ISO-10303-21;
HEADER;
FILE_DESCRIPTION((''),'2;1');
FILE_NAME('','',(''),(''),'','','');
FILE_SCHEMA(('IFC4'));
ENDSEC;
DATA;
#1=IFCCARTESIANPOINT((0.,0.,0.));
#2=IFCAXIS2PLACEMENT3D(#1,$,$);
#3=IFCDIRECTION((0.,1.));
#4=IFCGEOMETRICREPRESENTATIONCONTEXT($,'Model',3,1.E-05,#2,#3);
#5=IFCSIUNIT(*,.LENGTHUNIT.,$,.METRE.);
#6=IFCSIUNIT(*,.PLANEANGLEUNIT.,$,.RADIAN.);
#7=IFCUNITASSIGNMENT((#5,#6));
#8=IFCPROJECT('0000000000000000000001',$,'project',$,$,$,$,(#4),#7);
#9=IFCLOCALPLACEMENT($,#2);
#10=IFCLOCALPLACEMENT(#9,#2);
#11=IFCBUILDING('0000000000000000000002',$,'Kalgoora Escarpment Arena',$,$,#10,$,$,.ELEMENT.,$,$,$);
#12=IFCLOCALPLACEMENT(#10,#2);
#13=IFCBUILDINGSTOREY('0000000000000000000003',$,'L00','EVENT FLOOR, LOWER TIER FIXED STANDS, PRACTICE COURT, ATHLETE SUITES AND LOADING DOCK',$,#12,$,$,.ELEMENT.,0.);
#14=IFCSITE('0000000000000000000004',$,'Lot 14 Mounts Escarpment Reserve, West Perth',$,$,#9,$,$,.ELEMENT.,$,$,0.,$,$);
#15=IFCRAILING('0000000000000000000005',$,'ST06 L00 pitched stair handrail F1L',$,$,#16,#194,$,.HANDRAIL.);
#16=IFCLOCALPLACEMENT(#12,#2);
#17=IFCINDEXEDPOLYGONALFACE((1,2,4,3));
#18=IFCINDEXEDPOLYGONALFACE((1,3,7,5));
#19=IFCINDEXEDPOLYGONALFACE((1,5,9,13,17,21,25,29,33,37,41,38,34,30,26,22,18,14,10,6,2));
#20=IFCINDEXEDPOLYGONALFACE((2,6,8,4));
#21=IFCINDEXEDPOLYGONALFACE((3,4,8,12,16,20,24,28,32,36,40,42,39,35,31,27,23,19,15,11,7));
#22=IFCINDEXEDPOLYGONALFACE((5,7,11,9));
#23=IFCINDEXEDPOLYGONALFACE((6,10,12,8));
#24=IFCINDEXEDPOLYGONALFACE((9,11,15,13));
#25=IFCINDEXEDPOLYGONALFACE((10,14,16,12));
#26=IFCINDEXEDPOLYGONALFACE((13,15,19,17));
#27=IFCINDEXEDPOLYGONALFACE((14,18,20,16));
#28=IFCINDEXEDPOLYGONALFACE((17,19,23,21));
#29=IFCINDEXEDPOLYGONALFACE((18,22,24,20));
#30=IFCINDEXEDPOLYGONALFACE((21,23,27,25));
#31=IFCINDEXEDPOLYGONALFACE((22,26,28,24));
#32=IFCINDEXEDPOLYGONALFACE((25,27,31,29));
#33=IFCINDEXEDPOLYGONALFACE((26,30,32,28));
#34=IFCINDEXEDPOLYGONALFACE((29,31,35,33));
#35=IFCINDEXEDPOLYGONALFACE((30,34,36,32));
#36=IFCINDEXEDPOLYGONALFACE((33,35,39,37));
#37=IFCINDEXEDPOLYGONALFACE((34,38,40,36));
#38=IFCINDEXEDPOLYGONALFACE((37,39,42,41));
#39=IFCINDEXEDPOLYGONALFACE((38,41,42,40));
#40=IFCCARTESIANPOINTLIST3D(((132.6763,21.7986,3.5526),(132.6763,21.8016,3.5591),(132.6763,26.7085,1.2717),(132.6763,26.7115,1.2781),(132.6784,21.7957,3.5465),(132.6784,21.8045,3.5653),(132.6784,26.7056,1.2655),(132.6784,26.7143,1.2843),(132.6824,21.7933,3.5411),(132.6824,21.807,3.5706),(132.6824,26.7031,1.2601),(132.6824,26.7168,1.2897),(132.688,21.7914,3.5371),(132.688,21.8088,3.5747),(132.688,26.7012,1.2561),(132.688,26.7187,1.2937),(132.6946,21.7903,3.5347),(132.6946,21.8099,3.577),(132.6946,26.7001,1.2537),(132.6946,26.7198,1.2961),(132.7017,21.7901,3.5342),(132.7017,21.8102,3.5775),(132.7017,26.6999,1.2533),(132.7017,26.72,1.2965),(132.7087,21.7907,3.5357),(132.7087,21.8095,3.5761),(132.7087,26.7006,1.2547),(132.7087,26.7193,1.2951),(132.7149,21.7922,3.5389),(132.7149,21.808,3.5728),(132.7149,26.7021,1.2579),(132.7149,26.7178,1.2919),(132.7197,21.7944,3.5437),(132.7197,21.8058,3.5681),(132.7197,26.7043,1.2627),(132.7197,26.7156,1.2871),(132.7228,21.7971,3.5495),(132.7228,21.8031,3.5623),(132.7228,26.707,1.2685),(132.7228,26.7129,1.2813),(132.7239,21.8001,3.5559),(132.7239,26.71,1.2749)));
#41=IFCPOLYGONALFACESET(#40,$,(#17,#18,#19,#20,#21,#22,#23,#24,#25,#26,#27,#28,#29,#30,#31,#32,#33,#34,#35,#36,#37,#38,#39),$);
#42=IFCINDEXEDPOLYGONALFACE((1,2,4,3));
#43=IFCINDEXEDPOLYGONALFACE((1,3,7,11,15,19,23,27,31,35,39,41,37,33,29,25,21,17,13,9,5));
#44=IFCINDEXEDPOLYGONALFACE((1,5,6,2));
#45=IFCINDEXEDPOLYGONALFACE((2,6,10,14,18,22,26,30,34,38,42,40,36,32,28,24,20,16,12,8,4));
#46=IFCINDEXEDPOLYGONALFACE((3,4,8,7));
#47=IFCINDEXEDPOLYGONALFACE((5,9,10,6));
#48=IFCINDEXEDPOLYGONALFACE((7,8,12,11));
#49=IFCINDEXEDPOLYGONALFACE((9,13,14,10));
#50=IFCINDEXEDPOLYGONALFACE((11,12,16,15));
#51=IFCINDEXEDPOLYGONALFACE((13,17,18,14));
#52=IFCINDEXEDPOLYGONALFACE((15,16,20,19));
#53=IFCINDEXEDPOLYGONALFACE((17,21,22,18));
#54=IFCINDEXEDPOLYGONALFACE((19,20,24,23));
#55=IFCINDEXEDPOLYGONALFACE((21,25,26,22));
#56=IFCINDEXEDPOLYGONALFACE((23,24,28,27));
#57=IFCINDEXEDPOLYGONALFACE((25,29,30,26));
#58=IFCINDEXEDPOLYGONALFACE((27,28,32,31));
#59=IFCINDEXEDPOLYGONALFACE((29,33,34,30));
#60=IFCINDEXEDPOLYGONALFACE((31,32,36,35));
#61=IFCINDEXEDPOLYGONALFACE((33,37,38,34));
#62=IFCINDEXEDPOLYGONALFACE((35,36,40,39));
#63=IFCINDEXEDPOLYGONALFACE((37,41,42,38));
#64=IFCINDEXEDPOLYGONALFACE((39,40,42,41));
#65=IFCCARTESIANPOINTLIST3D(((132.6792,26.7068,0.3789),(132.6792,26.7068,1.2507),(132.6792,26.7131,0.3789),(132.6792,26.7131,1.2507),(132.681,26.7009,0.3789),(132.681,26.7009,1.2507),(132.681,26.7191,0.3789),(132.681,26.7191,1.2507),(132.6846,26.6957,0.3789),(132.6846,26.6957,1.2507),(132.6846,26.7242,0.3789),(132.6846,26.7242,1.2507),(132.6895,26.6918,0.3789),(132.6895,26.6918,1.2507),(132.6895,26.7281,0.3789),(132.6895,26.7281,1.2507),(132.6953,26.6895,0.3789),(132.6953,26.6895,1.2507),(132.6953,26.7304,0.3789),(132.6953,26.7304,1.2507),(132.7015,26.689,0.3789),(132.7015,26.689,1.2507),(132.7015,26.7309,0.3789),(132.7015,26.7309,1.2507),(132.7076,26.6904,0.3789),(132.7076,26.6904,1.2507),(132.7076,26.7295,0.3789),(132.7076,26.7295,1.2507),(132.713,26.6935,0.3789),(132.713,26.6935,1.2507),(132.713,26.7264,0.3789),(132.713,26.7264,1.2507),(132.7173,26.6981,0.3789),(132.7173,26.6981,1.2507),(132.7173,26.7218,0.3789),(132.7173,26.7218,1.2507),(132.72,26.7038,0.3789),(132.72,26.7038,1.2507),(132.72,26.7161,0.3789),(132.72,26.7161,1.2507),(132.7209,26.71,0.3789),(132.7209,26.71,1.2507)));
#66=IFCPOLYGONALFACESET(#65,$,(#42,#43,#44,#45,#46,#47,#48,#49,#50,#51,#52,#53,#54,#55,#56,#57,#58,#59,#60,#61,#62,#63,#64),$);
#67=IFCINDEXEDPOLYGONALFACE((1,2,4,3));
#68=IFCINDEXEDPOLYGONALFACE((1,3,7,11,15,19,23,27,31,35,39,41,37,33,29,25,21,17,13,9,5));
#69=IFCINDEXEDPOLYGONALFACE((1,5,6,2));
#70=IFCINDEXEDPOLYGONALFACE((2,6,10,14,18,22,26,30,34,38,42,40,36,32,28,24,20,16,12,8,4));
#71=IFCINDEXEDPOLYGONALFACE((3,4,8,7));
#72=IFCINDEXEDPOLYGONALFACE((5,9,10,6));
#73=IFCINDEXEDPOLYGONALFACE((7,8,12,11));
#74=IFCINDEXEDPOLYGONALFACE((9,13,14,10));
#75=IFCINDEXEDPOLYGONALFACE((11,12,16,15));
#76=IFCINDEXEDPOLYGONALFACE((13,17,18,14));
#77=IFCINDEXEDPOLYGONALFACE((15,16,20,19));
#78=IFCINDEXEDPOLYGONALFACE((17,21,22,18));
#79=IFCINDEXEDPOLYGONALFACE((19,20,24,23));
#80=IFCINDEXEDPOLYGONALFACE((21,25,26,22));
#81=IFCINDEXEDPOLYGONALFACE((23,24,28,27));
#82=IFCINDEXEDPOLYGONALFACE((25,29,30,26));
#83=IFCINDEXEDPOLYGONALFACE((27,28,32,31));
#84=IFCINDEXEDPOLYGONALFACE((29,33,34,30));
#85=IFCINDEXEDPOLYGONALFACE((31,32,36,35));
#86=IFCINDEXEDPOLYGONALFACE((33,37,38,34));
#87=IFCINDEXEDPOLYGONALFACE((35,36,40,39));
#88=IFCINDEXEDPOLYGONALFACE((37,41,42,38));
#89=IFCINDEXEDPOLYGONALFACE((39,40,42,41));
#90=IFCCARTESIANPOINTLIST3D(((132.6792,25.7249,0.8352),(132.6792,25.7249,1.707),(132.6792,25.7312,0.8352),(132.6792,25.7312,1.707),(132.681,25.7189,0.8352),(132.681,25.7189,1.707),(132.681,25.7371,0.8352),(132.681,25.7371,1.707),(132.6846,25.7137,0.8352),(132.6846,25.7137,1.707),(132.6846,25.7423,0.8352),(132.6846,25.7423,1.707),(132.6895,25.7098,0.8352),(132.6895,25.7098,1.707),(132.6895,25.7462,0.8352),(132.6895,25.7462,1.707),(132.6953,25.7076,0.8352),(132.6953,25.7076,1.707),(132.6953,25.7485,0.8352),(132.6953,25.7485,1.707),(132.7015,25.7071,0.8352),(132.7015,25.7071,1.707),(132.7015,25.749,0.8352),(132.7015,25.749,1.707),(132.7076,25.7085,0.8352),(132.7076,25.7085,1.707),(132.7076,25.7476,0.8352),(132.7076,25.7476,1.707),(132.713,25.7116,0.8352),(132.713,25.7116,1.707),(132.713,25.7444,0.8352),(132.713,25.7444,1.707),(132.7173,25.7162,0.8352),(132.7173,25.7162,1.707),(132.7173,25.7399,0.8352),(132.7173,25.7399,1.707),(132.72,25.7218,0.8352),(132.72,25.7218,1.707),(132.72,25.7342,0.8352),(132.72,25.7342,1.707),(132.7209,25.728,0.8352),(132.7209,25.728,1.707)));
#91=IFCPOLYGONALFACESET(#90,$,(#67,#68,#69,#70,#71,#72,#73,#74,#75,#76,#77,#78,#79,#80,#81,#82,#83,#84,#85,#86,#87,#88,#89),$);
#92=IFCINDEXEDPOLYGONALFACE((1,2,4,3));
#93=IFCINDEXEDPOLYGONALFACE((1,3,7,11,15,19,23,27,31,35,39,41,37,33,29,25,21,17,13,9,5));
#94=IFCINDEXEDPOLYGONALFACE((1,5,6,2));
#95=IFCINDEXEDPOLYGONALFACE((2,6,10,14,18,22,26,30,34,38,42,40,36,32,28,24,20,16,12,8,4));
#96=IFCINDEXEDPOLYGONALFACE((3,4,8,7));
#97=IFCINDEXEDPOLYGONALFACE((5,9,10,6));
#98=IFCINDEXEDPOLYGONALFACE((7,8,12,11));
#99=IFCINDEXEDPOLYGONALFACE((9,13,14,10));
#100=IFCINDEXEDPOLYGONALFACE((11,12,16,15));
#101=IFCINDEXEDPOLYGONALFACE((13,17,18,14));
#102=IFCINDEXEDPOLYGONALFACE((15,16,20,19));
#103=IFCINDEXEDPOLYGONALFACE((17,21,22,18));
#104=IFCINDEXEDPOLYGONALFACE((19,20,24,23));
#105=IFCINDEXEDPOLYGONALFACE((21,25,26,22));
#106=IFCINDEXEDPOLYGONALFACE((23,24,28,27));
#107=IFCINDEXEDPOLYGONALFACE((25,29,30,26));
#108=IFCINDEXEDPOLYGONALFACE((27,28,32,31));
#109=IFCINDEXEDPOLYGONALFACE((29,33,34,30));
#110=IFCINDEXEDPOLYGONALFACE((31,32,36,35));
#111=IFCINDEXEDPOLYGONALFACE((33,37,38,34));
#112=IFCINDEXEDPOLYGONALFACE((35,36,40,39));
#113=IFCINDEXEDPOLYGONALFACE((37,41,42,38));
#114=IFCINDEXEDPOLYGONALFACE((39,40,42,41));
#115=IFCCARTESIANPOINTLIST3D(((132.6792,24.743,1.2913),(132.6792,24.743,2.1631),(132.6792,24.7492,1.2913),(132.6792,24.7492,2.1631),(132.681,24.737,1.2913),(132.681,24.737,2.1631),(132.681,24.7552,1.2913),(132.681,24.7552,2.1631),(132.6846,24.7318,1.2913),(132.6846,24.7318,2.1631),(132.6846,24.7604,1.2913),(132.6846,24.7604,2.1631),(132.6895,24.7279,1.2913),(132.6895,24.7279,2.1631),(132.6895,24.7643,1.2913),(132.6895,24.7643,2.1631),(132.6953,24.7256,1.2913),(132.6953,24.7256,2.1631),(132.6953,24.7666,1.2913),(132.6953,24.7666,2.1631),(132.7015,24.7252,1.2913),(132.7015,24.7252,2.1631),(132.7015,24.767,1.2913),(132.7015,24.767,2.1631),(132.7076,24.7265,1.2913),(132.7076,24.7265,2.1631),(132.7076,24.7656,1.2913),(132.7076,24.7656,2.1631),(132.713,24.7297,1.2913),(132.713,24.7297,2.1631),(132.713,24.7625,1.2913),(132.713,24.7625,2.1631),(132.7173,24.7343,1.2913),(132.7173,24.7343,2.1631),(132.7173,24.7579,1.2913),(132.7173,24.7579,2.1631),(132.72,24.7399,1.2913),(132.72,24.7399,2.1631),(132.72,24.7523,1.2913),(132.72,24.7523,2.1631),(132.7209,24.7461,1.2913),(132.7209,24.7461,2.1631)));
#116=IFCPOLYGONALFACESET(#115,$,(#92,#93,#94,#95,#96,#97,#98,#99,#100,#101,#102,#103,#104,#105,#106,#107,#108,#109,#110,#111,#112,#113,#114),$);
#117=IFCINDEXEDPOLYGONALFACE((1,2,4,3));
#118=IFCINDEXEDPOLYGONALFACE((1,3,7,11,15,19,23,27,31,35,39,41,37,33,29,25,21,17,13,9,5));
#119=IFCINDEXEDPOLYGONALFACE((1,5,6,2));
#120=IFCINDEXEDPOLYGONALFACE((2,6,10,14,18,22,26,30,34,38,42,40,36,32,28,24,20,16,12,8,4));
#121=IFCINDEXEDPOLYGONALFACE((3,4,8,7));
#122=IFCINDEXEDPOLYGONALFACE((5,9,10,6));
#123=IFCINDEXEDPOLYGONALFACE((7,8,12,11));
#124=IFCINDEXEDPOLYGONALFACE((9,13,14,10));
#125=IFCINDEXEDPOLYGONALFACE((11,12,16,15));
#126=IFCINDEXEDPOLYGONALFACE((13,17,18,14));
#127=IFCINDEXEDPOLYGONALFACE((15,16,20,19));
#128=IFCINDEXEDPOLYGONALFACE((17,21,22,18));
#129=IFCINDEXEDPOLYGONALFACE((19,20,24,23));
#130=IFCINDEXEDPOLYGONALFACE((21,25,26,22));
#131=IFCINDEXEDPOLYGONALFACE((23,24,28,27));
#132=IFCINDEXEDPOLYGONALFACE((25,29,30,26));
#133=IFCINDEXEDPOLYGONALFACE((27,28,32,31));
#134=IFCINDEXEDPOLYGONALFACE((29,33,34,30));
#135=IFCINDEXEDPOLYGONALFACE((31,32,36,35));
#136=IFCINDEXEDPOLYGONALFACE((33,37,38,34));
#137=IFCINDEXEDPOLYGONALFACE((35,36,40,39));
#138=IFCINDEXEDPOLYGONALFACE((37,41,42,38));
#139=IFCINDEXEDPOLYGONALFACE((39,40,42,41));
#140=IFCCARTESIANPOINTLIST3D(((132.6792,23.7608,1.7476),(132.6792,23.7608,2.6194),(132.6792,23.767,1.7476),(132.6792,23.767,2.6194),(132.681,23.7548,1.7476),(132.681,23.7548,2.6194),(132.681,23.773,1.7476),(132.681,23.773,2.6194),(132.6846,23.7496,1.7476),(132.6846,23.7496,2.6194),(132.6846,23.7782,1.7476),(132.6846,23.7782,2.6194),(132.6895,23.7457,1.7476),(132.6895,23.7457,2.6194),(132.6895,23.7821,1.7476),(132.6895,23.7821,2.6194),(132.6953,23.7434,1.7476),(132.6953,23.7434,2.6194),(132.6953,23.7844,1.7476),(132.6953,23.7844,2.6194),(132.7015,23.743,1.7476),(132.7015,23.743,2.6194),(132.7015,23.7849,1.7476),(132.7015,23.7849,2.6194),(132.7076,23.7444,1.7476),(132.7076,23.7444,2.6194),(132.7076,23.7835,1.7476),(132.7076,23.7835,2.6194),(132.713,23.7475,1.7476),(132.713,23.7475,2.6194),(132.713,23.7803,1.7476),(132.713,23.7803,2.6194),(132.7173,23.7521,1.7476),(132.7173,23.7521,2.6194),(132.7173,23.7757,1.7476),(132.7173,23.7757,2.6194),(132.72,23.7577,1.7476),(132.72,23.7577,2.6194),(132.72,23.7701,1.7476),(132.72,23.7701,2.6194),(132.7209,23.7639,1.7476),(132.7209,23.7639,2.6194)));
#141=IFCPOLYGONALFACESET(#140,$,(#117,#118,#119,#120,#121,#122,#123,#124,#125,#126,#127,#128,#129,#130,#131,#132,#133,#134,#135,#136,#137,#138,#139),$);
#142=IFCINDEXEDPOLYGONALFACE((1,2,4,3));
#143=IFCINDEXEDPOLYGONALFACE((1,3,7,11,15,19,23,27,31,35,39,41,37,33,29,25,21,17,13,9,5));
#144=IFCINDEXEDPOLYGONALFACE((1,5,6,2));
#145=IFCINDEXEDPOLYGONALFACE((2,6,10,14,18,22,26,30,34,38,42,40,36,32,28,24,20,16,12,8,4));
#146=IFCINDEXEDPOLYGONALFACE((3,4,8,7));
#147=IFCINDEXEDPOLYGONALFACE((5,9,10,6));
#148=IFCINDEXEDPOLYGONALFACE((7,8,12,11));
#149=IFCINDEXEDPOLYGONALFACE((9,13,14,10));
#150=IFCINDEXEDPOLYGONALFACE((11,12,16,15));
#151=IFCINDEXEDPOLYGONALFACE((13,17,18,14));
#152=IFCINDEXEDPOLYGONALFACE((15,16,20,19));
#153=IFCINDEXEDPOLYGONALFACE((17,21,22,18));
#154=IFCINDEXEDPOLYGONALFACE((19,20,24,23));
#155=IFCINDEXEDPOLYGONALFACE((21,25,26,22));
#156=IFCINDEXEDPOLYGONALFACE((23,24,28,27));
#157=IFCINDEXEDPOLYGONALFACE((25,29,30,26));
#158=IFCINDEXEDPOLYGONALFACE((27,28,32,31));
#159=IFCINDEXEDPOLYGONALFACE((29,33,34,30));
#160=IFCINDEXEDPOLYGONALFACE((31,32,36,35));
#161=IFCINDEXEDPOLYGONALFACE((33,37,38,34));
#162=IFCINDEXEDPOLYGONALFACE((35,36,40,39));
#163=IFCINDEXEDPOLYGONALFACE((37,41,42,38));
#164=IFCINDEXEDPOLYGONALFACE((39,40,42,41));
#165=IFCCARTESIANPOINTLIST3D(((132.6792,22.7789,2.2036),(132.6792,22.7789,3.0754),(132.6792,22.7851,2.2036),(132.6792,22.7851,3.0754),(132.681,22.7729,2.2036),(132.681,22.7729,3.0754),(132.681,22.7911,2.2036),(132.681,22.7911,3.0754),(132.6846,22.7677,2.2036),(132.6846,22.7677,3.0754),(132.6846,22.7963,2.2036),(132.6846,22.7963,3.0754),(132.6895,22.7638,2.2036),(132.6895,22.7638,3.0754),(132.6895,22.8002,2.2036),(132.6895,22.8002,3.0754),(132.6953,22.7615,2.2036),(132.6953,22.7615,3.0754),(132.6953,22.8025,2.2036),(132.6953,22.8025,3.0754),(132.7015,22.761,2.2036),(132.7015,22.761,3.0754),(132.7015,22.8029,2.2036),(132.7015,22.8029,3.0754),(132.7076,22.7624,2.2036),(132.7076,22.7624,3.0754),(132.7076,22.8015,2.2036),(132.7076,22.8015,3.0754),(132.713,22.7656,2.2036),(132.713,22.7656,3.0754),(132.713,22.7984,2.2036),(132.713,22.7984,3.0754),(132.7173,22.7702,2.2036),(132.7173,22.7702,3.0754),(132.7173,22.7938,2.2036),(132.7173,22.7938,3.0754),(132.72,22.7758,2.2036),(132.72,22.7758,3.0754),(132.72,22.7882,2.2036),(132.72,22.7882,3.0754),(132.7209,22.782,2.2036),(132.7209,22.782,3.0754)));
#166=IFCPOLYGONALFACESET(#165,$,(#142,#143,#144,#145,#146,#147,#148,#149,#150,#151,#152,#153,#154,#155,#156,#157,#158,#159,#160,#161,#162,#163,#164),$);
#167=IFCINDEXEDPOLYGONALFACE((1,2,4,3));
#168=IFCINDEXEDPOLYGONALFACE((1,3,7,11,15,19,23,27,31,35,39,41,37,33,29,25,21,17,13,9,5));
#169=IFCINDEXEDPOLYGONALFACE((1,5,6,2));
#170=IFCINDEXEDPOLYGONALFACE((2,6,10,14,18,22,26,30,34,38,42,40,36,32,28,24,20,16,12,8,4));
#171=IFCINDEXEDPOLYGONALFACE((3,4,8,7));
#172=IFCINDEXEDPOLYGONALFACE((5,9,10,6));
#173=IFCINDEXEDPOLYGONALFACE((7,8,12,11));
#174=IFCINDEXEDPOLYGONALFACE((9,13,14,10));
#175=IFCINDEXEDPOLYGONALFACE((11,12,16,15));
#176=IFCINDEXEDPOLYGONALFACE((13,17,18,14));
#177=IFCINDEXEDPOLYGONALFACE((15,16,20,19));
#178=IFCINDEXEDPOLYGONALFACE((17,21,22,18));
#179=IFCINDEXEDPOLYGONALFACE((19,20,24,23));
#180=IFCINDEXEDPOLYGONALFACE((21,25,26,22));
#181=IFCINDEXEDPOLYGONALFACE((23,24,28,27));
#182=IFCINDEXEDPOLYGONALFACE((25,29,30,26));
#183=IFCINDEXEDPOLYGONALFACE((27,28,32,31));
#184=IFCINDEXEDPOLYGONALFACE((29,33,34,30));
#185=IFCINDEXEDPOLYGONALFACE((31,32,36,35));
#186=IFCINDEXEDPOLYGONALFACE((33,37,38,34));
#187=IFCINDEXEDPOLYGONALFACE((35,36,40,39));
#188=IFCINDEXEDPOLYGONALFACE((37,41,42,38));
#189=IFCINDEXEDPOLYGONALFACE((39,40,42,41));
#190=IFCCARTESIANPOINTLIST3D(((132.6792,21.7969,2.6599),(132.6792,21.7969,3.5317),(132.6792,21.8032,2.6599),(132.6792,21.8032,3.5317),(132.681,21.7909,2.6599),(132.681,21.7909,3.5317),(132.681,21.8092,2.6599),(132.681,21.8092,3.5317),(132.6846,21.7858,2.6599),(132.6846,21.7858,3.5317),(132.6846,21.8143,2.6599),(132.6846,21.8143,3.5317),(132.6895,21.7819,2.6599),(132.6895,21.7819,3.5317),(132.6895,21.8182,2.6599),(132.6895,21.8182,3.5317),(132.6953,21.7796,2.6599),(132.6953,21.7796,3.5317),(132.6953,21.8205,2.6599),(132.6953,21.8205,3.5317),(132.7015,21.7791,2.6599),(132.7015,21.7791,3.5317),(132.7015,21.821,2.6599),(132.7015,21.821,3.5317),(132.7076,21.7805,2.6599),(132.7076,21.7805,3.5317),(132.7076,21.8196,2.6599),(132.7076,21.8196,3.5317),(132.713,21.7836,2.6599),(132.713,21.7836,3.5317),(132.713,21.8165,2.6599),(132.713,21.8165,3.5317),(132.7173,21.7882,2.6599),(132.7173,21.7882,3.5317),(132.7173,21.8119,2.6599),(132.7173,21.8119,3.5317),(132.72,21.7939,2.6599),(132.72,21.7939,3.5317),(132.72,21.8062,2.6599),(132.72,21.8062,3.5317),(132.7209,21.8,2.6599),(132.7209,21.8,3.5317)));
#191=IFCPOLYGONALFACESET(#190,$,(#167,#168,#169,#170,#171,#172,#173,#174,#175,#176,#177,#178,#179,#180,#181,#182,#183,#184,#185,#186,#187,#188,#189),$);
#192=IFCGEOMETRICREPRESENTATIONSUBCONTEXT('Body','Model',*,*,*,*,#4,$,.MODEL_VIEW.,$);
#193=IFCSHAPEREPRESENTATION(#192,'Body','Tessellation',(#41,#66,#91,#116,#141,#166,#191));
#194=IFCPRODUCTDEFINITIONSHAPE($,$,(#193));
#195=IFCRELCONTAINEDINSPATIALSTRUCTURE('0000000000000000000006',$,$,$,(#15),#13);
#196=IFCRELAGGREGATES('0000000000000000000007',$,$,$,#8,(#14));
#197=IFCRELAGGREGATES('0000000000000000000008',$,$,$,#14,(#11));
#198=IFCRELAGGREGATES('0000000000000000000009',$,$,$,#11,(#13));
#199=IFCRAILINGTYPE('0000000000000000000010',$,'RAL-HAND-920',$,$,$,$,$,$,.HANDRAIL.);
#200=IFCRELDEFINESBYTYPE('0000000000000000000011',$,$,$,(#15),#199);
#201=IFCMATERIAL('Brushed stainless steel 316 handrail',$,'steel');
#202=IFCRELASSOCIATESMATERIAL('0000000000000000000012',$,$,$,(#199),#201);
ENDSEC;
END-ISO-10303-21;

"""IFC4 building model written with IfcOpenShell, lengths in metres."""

from ifc_helpers import new_model, si_unit, direction, frame, origin, origin_2d, place, context, subcontext, project, spatial, circle, extrude, material, type_object, element, save


model = new_model("IFC4")

# Units and contexts
model_context = context("Model", 3, precision=1e-05, world=origin(), true_north=direction((0.0, 1.0)))
body_context = subcontext(model_context, "Body", "Model", "MODEL_VIEW")
ifc_project = project(units=[si_unit("LENGTHUNIT", "METRE"), si_unit("PLANEANGLEUNIT", "RADIAN")], contexts=[model_context])

# Site, building, storey
site_placement = place(None, origin())
site = spatial("IfcSite", under=ifc_project, at=site_placement, Name="Lot 14 Mounts Escarpment Reserve, West Perth", CompositionType="ELEMENT", RefElevation=0.0)
building_placement = place(site_placement, origin())
building = spatial("IfcBuilding", under=site, at=building_placement, Name="Kalgoora Escarpment Arena", CompositionType="ELEMENT")
storey_placement = place(building_placement, origin())
storey = spatial("IfcBuildingStorey", under=building, at=storey_placement, Name="L00", Description="EVENT FLOOR, LOWER TIER FIXED STANDS, PRACTICE COURT, ATHLETE SUITES AND LOADING DOCK", CompositionType="ELEMENT", Elevation=0.0)

# Railing
ifc_material_1 = material(Name="Brushed stainless steel 316 handrail", Category="steel")
railing_type = type_object("IfcRailingType", Name="RAL-HAND-920", PredefinedType="HANDRAIL", material=ifc_material_1)
for number, where, name in (
    (1, (132.7, 26.71, 0.3789), "ST06 L00 pitched stair handrail F1L"),
):
    element("IfcRailing", number, at=place(storey_placement, frame(where)), inside=storey, type_object=railing_type, Name=name, PredefinedType="HANDRAIL", context=body_context, shape_type="SweptSolid", body=[
        extrude(circle(Radius=0.0239, at=origin_2d()), frame((0.0, 0.0, 0.896), z_axis=(0.0, -0.90691, 0.421325), x_axis=(1.0, 0.0, 0.0)), (0.0, 0.0, 1.0), 5.4138),
        extrude(circle(Radius=0.021, at=origin_2d()), origin(), (0.0, 0.0, 1.0), 0.8718),
        extrude(circle(Radius=0.021, at=origin_2d()), frame((0.0, -0.9819, 0.4563)), (0.0, 0.0, 1.0), 0.8718),
        extrude(circle(Radius=0.021, at=origin_2d()), frame((0.0, -1.9639, 0.9124)), (0.0, 0.0, 1.0), 0.8718),
        extrude(circle(Radius=0.021, at=origin_2d()), frame((0.0, -2.946, 1.3687)), (0.0, 0.0, 1.0), 0.8718),
        extrude(circle(Radius=0.021, at=origin_2d()), frame((0.0, -3.928, 1.8247)), (0.0, 0.0, 1.0), 0.8718),
        extrude(circle(Radius=0.021, at=origin_2d()), frame((0.0, -4.9099, 2.281)), (0.0, 0.0, 1.0), 0.8718),
    ])

save(model, "model.ifc")
